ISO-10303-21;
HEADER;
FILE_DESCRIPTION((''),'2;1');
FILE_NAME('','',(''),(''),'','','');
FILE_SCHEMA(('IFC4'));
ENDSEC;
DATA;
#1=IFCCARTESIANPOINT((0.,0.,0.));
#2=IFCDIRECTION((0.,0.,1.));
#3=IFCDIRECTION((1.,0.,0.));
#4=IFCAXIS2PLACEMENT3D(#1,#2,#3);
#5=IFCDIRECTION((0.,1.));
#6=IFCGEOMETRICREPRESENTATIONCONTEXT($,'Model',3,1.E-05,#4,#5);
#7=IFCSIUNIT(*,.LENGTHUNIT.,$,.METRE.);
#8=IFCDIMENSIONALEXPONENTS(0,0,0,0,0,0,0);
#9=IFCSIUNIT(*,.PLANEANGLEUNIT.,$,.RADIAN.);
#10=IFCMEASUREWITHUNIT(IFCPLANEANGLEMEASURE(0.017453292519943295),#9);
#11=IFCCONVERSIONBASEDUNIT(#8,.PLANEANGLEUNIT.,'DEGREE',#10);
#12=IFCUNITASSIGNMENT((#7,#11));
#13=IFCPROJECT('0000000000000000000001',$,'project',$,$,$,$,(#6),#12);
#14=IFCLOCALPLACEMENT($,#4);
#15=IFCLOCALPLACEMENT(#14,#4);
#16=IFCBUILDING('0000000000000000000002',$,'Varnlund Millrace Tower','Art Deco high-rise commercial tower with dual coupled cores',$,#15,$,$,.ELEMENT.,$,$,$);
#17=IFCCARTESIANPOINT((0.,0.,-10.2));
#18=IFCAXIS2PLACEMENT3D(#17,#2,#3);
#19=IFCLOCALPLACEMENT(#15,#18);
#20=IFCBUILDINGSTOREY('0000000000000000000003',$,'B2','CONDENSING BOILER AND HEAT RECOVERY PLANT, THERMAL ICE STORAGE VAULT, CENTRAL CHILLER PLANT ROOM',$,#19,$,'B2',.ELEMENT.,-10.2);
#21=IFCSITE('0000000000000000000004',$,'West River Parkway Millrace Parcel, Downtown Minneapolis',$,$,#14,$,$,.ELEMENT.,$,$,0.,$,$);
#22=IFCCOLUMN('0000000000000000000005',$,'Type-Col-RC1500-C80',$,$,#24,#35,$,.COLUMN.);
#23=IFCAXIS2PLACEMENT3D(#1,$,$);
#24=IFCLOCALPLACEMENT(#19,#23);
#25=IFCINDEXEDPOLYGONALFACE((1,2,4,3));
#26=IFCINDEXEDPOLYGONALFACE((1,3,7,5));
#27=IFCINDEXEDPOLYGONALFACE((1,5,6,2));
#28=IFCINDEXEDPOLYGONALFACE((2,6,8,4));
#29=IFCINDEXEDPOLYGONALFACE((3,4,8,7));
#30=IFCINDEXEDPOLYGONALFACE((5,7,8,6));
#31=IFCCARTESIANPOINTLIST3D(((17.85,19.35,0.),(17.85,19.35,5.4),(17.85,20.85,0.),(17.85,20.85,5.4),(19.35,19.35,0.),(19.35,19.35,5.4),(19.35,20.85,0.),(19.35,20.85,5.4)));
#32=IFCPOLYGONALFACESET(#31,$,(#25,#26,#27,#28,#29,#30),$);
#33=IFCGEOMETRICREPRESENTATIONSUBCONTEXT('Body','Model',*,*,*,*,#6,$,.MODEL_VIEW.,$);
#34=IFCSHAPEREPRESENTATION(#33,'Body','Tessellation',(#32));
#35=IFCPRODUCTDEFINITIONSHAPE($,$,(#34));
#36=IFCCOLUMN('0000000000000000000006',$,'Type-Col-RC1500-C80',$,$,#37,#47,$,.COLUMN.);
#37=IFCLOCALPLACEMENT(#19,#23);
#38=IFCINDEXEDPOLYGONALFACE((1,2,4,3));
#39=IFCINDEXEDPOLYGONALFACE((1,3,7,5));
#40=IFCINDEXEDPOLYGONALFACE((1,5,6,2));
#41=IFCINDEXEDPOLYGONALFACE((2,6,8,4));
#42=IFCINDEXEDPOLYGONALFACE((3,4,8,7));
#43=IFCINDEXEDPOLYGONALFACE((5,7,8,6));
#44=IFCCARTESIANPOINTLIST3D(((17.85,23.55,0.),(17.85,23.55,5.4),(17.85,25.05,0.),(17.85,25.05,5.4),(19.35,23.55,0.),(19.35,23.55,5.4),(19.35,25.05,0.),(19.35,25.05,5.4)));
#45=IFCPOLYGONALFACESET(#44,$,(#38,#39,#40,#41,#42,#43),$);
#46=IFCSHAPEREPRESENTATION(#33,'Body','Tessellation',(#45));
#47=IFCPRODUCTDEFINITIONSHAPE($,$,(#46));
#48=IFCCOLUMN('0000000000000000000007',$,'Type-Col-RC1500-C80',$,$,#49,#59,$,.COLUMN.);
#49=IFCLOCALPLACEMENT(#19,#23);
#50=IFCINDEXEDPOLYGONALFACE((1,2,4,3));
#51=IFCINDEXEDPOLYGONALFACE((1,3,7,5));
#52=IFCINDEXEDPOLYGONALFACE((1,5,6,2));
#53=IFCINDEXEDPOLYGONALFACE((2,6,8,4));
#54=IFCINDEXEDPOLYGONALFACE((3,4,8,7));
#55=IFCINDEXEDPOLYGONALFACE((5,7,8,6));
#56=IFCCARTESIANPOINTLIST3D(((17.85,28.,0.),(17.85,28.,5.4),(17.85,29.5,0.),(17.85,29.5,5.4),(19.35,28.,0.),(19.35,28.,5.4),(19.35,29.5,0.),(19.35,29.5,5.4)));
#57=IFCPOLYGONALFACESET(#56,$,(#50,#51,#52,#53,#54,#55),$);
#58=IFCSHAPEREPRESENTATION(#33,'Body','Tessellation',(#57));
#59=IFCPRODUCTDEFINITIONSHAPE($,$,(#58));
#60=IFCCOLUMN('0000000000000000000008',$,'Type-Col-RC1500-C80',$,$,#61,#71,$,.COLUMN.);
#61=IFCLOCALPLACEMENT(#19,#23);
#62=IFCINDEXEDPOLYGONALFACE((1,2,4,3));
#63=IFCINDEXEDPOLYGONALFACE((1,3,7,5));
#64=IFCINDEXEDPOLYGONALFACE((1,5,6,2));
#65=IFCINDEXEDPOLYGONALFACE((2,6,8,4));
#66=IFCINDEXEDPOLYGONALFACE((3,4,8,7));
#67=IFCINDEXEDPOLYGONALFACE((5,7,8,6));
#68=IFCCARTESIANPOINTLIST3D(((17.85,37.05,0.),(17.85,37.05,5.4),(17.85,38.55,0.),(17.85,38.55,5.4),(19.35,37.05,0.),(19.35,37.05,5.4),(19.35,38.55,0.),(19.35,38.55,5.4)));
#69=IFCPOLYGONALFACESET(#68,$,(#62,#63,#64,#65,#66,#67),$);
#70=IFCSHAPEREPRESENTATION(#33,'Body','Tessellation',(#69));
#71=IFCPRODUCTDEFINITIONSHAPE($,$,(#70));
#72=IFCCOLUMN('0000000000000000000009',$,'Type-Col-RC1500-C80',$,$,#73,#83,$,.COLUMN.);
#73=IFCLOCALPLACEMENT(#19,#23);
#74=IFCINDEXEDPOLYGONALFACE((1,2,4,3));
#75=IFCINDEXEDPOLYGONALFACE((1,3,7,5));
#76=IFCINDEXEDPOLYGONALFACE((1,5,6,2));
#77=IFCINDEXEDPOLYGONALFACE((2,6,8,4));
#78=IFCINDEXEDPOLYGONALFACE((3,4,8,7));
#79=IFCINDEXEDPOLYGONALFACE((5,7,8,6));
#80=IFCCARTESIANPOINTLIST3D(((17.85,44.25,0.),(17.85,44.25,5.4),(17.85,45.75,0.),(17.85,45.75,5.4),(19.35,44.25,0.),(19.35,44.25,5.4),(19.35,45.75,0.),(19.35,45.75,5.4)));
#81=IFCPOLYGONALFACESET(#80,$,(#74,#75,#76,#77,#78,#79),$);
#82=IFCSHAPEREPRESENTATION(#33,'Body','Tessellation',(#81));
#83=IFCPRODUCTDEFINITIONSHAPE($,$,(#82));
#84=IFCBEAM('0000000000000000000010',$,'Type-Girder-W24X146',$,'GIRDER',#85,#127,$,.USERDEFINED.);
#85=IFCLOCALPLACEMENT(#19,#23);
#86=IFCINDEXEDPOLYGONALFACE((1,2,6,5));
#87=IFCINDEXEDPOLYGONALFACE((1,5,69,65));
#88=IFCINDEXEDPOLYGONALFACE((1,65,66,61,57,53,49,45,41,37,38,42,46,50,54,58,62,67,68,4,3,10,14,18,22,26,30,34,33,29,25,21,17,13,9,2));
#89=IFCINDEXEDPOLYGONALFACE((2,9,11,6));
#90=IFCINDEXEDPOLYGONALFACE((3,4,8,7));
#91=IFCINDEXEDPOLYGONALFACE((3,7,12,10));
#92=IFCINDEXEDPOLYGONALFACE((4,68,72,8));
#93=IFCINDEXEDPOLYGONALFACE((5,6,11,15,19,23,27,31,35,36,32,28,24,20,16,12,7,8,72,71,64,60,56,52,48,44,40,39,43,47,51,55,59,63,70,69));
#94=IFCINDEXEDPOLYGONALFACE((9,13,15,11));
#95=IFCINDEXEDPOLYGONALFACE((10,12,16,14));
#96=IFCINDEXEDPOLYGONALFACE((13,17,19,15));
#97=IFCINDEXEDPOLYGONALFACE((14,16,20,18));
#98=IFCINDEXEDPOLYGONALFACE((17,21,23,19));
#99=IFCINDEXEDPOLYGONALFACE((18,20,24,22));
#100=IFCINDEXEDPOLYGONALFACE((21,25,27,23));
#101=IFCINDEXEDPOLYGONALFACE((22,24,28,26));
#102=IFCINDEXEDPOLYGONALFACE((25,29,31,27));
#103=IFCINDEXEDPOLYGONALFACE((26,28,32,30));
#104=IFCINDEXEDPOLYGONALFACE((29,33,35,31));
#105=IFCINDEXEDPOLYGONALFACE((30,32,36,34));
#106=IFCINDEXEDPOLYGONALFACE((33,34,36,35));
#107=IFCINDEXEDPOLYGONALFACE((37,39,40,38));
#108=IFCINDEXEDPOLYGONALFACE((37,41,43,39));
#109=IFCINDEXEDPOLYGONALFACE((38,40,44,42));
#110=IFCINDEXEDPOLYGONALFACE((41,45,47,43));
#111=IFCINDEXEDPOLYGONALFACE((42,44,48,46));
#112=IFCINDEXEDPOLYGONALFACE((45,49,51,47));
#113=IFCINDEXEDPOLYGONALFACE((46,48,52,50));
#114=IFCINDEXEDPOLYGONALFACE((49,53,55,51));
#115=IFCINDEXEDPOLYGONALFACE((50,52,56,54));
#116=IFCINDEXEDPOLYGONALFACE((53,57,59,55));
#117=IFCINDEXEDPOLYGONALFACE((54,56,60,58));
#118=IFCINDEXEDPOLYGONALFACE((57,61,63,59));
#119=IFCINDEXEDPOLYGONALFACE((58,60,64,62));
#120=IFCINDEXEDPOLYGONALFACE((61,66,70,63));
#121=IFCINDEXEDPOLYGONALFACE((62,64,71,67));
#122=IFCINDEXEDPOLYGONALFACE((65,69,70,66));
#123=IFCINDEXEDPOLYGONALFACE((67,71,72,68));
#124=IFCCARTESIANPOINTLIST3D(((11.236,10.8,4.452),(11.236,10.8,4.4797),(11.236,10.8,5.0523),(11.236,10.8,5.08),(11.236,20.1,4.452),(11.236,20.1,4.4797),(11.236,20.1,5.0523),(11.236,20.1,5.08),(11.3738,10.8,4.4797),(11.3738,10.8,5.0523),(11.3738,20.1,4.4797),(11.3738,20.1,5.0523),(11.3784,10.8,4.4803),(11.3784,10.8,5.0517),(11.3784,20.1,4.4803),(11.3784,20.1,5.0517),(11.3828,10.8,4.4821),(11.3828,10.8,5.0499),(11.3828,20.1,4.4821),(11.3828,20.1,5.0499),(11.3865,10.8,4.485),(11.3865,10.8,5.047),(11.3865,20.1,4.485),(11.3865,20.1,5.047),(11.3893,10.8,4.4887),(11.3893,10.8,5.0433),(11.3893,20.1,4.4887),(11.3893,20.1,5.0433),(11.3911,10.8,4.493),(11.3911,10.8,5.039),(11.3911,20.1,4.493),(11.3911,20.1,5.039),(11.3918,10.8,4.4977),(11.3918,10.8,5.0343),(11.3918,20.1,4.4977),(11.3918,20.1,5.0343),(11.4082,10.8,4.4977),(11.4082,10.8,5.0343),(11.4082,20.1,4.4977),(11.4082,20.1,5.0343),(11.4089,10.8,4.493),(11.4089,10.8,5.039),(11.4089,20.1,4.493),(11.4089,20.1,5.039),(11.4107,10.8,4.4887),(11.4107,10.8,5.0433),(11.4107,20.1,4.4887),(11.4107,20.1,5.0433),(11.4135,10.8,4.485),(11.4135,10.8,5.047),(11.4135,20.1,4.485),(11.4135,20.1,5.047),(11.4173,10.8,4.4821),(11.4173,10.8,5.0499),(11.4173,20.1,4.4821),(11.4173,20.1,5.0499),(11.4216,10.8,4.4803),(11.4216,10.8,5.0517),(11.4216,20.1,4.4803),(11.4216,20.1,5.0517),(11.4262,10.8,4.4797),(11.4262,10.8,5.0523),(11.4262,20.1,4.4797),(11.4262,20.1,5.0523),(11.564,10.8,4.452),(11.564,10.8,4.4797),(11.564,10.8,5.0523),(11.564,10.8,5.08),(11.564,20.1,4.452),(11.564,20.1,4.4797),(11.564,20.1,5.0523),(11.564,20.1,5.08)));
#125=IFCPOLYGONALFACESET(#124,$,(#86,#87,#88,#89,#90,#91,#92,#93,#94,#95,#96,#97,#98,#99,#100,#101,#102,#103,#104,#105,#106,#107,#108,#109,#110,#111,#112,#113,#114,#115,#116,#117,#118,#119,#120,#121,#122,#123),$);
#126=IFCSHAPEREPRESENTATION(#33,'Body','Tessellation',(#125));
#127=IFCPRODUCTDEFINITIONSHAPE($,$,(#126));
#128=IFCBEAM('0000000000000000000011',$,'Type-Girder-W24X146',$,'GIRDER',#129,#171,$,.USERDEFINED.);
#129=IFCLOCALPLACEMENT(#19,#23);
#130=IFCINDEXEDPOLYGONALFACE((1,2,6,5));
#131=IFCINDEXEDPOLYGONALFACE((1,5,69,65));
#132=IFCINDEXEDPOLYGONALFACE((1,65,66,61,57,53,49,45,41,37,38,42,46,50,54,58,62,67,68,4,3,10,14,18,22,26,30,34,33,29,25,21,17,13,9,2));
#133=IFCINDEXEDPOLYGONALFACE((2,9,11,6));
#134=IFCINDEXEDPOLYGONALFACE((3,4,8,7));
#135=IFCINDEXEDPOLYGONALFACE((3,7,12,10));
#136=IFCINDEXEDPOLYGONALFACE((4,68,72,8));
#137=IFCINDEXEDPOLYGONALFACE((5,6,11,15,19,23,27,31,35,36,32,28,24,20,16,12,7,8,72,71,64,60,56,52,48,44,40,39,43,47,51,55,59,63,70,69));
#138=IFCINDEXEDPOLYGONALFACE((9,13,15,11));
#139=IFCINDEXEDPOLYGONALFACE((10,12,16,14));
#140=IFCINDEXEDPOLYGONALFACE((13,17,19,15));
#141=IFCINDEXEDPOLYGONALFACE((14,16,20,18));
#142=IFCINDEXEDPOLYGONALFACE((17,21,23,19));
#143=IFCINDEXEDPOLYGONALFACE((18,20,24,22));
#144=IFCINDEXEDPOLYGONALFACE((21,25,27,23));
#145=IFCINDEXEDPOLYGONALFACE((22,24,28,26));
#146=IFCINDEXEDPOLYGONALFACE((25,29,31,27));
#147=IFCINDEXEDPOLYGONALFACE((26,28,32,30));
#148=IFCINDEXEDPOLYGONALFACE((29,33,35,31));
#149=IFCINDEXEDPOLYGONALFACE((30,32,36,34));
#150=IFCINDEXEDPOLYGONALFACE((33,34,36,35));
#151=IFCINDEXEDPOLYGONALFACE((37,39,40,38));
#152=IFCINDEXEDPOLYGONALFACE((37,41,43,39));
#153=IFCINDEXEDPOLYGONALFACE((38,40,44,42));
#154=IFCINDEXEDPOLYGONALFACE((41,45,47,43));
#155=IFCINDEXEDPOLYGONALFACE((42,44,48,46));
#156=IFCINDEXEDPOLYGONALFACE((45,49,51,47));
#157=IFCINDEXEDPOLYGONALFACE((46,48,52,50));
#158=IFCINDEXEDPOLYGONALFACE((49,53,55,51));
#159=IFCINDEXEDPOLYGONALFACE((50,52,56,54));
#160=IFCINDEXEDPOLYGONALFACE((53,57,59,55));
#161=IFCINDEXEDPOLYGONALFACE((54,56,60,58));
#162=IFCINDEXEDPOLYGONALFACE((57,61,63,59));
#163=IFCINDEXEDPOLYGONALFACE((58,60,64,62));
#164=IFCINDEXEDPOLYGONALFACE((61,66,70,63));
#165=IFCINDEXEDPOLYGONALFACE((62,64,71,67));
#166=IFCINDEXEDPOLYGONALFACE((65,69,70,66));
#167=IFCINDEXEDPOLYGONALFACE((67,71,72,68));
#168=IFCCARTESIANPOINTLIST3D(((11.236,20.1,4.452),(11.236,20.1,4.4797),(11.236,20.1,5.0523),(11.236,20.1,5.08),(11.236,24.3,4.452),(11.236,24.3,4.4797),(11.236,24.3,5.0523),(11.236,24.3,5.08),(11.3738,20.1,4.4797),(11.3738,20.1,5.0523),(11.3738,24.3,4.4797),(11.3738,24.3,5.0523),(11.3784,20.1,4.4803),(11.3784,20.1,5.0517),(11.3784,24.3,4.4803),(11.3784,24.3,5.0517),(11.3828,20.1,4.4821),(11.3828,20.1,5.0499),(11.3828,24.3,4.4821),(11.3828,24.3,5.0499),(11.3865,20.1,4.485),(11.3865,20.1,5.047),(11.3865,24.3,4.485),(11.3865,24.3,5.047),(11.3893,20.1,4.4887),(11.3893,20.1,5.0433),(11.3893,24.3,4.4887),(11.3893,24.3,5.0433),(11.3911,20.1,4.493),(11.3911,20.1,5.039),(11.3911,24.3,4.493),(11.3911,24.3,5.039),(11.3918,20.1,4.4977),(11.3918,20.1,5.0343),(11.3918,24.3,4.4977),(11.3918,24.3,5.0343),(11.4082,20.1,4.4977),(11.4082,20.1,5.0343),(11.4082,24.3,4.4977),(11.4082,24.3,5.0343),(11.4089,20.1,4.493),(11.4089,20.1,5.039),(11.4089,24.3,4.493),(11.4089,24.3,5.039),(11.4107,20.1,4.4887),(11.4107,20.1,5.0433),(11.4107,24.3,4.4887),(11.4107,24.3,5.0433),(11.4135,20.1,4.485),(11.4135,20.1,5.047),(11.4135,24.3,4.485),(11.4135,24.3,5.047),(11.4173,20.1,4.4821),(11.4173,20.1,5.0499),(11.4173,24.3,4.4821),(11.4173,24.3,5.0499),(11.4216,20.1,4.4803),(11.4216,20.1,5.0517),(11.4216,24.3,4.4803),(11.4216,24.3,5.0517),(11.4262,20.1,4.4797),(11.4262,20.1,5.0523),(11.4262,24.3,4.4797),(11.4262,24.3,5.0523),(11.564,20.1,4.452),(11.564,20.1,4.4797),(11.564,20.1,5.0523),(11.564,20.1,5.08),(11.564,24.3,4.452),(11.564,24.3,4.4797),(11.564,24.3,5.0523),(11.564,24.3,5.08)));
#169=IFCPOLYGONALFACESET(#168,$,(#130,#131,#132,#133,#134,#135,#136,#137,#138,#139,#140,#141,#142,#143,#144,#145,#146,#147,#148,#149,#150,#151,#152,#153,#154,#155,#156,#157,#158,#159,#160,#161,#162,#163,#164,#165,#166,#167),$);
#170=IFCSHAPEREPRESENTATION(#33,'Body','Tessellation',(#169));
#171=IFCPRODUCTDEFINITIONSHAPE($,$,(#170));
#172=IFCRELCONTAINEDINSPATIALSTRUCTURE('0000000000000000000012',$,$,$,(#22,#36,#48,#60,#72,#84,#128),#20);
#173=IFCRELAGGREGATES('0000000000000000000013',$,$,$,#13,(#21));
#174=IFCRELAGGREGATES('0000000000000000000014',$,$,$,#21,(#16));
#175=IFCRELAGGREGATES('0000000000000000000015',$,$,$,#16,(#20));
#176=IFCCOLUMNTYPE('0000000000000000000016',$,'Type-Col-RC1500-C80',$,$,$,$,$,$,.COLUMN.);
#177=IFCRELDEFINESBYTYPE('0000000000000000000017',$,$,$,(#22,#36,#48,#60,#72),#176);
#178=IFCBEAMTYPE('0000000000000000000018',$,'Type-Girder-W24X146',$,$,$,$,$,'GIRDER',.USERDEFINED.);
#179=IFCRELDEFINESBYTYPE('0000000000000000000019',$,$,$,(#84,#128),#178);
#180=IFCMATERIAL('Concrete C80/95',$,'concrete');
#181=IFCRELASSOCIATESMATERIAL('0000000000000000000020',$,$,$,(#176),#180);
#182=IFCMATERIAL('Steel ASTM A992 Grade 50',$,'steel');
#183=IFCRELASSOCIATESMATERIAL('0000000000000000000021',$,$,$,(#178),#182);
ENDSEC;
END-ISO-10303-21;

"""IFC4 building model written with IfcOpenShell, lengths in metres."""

from ifc_helpers import new_model, entity, si_unit, converted_unit, direction, frame, origin_with_axes, origin_2d_with_axis, place, context, subcontext, project, spatial, rectangle, i_section, extrude, material, material_profile, profile_set, type_object, element, save


model = new_model("IFC4")

# Units and contexts
model_context = context("Model", 3, precision=1e-05, world=origin_with_axes(), true_north=direction((0.0, 1.0)))
body_context = subcontext(model_context, "Body", "Model", "MODEL_VIEW")
ifc_project = project(units=[si_unit("LENGTHUNIT", "METRE"), converted_unit("PLANEANGLEUNIT", "DEGREE", entity("IfcPlaneAngleMeasure", 0.017453292519943295), si_unit("PLANEANGLEUNIT", "RADIAN"), dimensions=[0, 0, 0, 0, 0, 0, 0])], contexts=[model_context])

# Site, building, storey
site_placement = place(None, origin_with_axes())
site = spatial("IfcSite", under=ifc_project, at=site_placement, Name="West River Parkway Millrace Parcel, Downtown Minneapolis", CompositionType="ELEMENT", RefElevation=0.0)
building_placement = place(site_placement, origin_with_axes())
building = spatial("IfcBuilding", under=site, at=building_placement, Name="Varnlund Millrace Tower", Description="Art Deco high-rise commercial tower with dual coupled cores", CompositionType="ELEMENT")
storey_placement = place(building_placement, frame((0.0, 0.0, -10.2), z_axis=(0.0, 0.0, 1.0), x_axis=(1.0, 0.0, 0.0)))
storey = spatial("IfcBuildingStorey", under=building, at=storey_placement, Name="B2", Description="CONDENSING BOILER AND HEAT RECOVERY PLANT, THERMAL ICE STORAGE VAULT, CENTRAL CHILLER PLANT ROOM", LongName="B2", CompositionType="ELEMENT", Elevation=-10.2)

# Columns
ifc_material_1 = material(Name="Concrete C80/95", Category="concrete")
ifc_material_profile_1 = material_profile(ifc_material_1, rectangle(XDim=1.5, YDim=1.5, at=origin_2d_with_axis()), Name="Concrete C80/95")
ifc_profile_set_1 = profile_set([ifc_material_profile_1], Name="Concrete C80/95")
column_type = type_object("IfcColumnType", Name="Type-Col-RC1500-C80", PredefinedType="COLUMN", material=ifc_profile_set_1)
for number, where, z_axis, x_axis, name in (
    (1, (18.6, 20.1, 0.0), (0.0, 0.0, 1.0), (1.0, 0.0, 0.0), "Type-Col-RC1500-C80"),
    (2, (18.6, 24.3, 0.0), (0.0, 0.0, 1.0), (1.0, 0.0, 0.0), "Type-Col-RC1500-C80"),
    (3, (18.6, 28.75, 0.0), (0.0, 0.0, 1.0), (1.0, 0.0, 0.0), "Type-Col-RC1500-C80"),
    (4, (18.6, 37.8, 0.0), (0.0, 0.0, 1.0), (1.0, 0.0, 0.0), "Type-Col-RC1500-C80"),
    (5, (18.6, 45.0, 0.0), (0.0, 0.0, 1.0), (1.0, 0.0, 0.0), "Type-Col-RC1500-C80"),
):
    element("IfcColumn", number, at=place(storey_placement, frame(where, z_axis=z_axis, x_axis=x_axis)), inside=storey, type_object=column_type, Name=name, PredefinedType="COLUMN", context=body_context, shape_type="SweptSolid", body=[
        extrude(rectangle(XDim=1.5, YDim=1.5, at=origin_2d_with_axis()), origin_with_axes(), (0.0, 0.0, 1.0), 5.4),
    ])

# Beams
ifc_material_2 = material(Name="Steel ASTM A992 Grade 50", Category="steel")
ifc_material_profile_2 = material_profile(ifc_material_2, i_section(OverallWidth=0.328, OverallDepth=0.628, WebThickness=0.0165, FlangeThickness=0.0277, FilletRadius=0.018, at=origin_2d_with_axis()), Name="Steel ASTM A992 Grade 50")
ifc_profile_set_2 = profile_set([ifc_material_profile_2], Name="Steel ASTM A992 Grade 50")
beam_type_1 = type_object("IfcBeamType", Name="Type-Girder-W24X146", ElementType="GIRDER", PredefinedType="USERDEFINED", material=ifc_profile_set_2)
beam_1_placement = place(storey_placement, frame((11.4, 10.8, 4.766), z_axis=(0.0, 1.0, 0.0), x_axis=(-1.0, 0.0, 0.0)))
element("IfcBeam", 6, at=beam_1_placement, inside=storey, type_object=beam_type_1, Name="Type-Girder-W24X146", ObjectType="GIRDER", PredefinedType="USERDEFINED", context=body_context, shape_type="SweptSolid", body=[
    extrude(i_section(OverallWidth=0.328, OverallDepth=0.628, WebThickness=0.0165, FlangeThickness=0.0277, FilletRadius=0.018, at=origin_2d_with_axis()), origin_with_axes(), (0.0, 0.0, 1.0), 9.3),
])
beam_2_placement = place(storey_placement, frame((11.4, 20.1, 4.766), z_axis=(0.0, 1.0, 0.0), x_axis=(-1.0, 0.0, 0.0)))
element("IfcBeam", 7, at=beam_2_placement, inside=storey, type_object=beam_type_1, Name="Type-Girder-W24X146", ObjectType="GIRDER", PredefinedType="USERDEFINED", context=body_context, shape_type="SweptSolid", body=[
    extrude(i_section(OverallWidth=0.328, OverallDepth=0.628, WebThickness=0.0165, FlangeThickness=0.0277, FilletRadius=0.018, at=origin_2d_with_axis()), origin_with_axes(), (0.0, 0.0, 1.0), 4.2),
])

save(model, "model.ifc")
